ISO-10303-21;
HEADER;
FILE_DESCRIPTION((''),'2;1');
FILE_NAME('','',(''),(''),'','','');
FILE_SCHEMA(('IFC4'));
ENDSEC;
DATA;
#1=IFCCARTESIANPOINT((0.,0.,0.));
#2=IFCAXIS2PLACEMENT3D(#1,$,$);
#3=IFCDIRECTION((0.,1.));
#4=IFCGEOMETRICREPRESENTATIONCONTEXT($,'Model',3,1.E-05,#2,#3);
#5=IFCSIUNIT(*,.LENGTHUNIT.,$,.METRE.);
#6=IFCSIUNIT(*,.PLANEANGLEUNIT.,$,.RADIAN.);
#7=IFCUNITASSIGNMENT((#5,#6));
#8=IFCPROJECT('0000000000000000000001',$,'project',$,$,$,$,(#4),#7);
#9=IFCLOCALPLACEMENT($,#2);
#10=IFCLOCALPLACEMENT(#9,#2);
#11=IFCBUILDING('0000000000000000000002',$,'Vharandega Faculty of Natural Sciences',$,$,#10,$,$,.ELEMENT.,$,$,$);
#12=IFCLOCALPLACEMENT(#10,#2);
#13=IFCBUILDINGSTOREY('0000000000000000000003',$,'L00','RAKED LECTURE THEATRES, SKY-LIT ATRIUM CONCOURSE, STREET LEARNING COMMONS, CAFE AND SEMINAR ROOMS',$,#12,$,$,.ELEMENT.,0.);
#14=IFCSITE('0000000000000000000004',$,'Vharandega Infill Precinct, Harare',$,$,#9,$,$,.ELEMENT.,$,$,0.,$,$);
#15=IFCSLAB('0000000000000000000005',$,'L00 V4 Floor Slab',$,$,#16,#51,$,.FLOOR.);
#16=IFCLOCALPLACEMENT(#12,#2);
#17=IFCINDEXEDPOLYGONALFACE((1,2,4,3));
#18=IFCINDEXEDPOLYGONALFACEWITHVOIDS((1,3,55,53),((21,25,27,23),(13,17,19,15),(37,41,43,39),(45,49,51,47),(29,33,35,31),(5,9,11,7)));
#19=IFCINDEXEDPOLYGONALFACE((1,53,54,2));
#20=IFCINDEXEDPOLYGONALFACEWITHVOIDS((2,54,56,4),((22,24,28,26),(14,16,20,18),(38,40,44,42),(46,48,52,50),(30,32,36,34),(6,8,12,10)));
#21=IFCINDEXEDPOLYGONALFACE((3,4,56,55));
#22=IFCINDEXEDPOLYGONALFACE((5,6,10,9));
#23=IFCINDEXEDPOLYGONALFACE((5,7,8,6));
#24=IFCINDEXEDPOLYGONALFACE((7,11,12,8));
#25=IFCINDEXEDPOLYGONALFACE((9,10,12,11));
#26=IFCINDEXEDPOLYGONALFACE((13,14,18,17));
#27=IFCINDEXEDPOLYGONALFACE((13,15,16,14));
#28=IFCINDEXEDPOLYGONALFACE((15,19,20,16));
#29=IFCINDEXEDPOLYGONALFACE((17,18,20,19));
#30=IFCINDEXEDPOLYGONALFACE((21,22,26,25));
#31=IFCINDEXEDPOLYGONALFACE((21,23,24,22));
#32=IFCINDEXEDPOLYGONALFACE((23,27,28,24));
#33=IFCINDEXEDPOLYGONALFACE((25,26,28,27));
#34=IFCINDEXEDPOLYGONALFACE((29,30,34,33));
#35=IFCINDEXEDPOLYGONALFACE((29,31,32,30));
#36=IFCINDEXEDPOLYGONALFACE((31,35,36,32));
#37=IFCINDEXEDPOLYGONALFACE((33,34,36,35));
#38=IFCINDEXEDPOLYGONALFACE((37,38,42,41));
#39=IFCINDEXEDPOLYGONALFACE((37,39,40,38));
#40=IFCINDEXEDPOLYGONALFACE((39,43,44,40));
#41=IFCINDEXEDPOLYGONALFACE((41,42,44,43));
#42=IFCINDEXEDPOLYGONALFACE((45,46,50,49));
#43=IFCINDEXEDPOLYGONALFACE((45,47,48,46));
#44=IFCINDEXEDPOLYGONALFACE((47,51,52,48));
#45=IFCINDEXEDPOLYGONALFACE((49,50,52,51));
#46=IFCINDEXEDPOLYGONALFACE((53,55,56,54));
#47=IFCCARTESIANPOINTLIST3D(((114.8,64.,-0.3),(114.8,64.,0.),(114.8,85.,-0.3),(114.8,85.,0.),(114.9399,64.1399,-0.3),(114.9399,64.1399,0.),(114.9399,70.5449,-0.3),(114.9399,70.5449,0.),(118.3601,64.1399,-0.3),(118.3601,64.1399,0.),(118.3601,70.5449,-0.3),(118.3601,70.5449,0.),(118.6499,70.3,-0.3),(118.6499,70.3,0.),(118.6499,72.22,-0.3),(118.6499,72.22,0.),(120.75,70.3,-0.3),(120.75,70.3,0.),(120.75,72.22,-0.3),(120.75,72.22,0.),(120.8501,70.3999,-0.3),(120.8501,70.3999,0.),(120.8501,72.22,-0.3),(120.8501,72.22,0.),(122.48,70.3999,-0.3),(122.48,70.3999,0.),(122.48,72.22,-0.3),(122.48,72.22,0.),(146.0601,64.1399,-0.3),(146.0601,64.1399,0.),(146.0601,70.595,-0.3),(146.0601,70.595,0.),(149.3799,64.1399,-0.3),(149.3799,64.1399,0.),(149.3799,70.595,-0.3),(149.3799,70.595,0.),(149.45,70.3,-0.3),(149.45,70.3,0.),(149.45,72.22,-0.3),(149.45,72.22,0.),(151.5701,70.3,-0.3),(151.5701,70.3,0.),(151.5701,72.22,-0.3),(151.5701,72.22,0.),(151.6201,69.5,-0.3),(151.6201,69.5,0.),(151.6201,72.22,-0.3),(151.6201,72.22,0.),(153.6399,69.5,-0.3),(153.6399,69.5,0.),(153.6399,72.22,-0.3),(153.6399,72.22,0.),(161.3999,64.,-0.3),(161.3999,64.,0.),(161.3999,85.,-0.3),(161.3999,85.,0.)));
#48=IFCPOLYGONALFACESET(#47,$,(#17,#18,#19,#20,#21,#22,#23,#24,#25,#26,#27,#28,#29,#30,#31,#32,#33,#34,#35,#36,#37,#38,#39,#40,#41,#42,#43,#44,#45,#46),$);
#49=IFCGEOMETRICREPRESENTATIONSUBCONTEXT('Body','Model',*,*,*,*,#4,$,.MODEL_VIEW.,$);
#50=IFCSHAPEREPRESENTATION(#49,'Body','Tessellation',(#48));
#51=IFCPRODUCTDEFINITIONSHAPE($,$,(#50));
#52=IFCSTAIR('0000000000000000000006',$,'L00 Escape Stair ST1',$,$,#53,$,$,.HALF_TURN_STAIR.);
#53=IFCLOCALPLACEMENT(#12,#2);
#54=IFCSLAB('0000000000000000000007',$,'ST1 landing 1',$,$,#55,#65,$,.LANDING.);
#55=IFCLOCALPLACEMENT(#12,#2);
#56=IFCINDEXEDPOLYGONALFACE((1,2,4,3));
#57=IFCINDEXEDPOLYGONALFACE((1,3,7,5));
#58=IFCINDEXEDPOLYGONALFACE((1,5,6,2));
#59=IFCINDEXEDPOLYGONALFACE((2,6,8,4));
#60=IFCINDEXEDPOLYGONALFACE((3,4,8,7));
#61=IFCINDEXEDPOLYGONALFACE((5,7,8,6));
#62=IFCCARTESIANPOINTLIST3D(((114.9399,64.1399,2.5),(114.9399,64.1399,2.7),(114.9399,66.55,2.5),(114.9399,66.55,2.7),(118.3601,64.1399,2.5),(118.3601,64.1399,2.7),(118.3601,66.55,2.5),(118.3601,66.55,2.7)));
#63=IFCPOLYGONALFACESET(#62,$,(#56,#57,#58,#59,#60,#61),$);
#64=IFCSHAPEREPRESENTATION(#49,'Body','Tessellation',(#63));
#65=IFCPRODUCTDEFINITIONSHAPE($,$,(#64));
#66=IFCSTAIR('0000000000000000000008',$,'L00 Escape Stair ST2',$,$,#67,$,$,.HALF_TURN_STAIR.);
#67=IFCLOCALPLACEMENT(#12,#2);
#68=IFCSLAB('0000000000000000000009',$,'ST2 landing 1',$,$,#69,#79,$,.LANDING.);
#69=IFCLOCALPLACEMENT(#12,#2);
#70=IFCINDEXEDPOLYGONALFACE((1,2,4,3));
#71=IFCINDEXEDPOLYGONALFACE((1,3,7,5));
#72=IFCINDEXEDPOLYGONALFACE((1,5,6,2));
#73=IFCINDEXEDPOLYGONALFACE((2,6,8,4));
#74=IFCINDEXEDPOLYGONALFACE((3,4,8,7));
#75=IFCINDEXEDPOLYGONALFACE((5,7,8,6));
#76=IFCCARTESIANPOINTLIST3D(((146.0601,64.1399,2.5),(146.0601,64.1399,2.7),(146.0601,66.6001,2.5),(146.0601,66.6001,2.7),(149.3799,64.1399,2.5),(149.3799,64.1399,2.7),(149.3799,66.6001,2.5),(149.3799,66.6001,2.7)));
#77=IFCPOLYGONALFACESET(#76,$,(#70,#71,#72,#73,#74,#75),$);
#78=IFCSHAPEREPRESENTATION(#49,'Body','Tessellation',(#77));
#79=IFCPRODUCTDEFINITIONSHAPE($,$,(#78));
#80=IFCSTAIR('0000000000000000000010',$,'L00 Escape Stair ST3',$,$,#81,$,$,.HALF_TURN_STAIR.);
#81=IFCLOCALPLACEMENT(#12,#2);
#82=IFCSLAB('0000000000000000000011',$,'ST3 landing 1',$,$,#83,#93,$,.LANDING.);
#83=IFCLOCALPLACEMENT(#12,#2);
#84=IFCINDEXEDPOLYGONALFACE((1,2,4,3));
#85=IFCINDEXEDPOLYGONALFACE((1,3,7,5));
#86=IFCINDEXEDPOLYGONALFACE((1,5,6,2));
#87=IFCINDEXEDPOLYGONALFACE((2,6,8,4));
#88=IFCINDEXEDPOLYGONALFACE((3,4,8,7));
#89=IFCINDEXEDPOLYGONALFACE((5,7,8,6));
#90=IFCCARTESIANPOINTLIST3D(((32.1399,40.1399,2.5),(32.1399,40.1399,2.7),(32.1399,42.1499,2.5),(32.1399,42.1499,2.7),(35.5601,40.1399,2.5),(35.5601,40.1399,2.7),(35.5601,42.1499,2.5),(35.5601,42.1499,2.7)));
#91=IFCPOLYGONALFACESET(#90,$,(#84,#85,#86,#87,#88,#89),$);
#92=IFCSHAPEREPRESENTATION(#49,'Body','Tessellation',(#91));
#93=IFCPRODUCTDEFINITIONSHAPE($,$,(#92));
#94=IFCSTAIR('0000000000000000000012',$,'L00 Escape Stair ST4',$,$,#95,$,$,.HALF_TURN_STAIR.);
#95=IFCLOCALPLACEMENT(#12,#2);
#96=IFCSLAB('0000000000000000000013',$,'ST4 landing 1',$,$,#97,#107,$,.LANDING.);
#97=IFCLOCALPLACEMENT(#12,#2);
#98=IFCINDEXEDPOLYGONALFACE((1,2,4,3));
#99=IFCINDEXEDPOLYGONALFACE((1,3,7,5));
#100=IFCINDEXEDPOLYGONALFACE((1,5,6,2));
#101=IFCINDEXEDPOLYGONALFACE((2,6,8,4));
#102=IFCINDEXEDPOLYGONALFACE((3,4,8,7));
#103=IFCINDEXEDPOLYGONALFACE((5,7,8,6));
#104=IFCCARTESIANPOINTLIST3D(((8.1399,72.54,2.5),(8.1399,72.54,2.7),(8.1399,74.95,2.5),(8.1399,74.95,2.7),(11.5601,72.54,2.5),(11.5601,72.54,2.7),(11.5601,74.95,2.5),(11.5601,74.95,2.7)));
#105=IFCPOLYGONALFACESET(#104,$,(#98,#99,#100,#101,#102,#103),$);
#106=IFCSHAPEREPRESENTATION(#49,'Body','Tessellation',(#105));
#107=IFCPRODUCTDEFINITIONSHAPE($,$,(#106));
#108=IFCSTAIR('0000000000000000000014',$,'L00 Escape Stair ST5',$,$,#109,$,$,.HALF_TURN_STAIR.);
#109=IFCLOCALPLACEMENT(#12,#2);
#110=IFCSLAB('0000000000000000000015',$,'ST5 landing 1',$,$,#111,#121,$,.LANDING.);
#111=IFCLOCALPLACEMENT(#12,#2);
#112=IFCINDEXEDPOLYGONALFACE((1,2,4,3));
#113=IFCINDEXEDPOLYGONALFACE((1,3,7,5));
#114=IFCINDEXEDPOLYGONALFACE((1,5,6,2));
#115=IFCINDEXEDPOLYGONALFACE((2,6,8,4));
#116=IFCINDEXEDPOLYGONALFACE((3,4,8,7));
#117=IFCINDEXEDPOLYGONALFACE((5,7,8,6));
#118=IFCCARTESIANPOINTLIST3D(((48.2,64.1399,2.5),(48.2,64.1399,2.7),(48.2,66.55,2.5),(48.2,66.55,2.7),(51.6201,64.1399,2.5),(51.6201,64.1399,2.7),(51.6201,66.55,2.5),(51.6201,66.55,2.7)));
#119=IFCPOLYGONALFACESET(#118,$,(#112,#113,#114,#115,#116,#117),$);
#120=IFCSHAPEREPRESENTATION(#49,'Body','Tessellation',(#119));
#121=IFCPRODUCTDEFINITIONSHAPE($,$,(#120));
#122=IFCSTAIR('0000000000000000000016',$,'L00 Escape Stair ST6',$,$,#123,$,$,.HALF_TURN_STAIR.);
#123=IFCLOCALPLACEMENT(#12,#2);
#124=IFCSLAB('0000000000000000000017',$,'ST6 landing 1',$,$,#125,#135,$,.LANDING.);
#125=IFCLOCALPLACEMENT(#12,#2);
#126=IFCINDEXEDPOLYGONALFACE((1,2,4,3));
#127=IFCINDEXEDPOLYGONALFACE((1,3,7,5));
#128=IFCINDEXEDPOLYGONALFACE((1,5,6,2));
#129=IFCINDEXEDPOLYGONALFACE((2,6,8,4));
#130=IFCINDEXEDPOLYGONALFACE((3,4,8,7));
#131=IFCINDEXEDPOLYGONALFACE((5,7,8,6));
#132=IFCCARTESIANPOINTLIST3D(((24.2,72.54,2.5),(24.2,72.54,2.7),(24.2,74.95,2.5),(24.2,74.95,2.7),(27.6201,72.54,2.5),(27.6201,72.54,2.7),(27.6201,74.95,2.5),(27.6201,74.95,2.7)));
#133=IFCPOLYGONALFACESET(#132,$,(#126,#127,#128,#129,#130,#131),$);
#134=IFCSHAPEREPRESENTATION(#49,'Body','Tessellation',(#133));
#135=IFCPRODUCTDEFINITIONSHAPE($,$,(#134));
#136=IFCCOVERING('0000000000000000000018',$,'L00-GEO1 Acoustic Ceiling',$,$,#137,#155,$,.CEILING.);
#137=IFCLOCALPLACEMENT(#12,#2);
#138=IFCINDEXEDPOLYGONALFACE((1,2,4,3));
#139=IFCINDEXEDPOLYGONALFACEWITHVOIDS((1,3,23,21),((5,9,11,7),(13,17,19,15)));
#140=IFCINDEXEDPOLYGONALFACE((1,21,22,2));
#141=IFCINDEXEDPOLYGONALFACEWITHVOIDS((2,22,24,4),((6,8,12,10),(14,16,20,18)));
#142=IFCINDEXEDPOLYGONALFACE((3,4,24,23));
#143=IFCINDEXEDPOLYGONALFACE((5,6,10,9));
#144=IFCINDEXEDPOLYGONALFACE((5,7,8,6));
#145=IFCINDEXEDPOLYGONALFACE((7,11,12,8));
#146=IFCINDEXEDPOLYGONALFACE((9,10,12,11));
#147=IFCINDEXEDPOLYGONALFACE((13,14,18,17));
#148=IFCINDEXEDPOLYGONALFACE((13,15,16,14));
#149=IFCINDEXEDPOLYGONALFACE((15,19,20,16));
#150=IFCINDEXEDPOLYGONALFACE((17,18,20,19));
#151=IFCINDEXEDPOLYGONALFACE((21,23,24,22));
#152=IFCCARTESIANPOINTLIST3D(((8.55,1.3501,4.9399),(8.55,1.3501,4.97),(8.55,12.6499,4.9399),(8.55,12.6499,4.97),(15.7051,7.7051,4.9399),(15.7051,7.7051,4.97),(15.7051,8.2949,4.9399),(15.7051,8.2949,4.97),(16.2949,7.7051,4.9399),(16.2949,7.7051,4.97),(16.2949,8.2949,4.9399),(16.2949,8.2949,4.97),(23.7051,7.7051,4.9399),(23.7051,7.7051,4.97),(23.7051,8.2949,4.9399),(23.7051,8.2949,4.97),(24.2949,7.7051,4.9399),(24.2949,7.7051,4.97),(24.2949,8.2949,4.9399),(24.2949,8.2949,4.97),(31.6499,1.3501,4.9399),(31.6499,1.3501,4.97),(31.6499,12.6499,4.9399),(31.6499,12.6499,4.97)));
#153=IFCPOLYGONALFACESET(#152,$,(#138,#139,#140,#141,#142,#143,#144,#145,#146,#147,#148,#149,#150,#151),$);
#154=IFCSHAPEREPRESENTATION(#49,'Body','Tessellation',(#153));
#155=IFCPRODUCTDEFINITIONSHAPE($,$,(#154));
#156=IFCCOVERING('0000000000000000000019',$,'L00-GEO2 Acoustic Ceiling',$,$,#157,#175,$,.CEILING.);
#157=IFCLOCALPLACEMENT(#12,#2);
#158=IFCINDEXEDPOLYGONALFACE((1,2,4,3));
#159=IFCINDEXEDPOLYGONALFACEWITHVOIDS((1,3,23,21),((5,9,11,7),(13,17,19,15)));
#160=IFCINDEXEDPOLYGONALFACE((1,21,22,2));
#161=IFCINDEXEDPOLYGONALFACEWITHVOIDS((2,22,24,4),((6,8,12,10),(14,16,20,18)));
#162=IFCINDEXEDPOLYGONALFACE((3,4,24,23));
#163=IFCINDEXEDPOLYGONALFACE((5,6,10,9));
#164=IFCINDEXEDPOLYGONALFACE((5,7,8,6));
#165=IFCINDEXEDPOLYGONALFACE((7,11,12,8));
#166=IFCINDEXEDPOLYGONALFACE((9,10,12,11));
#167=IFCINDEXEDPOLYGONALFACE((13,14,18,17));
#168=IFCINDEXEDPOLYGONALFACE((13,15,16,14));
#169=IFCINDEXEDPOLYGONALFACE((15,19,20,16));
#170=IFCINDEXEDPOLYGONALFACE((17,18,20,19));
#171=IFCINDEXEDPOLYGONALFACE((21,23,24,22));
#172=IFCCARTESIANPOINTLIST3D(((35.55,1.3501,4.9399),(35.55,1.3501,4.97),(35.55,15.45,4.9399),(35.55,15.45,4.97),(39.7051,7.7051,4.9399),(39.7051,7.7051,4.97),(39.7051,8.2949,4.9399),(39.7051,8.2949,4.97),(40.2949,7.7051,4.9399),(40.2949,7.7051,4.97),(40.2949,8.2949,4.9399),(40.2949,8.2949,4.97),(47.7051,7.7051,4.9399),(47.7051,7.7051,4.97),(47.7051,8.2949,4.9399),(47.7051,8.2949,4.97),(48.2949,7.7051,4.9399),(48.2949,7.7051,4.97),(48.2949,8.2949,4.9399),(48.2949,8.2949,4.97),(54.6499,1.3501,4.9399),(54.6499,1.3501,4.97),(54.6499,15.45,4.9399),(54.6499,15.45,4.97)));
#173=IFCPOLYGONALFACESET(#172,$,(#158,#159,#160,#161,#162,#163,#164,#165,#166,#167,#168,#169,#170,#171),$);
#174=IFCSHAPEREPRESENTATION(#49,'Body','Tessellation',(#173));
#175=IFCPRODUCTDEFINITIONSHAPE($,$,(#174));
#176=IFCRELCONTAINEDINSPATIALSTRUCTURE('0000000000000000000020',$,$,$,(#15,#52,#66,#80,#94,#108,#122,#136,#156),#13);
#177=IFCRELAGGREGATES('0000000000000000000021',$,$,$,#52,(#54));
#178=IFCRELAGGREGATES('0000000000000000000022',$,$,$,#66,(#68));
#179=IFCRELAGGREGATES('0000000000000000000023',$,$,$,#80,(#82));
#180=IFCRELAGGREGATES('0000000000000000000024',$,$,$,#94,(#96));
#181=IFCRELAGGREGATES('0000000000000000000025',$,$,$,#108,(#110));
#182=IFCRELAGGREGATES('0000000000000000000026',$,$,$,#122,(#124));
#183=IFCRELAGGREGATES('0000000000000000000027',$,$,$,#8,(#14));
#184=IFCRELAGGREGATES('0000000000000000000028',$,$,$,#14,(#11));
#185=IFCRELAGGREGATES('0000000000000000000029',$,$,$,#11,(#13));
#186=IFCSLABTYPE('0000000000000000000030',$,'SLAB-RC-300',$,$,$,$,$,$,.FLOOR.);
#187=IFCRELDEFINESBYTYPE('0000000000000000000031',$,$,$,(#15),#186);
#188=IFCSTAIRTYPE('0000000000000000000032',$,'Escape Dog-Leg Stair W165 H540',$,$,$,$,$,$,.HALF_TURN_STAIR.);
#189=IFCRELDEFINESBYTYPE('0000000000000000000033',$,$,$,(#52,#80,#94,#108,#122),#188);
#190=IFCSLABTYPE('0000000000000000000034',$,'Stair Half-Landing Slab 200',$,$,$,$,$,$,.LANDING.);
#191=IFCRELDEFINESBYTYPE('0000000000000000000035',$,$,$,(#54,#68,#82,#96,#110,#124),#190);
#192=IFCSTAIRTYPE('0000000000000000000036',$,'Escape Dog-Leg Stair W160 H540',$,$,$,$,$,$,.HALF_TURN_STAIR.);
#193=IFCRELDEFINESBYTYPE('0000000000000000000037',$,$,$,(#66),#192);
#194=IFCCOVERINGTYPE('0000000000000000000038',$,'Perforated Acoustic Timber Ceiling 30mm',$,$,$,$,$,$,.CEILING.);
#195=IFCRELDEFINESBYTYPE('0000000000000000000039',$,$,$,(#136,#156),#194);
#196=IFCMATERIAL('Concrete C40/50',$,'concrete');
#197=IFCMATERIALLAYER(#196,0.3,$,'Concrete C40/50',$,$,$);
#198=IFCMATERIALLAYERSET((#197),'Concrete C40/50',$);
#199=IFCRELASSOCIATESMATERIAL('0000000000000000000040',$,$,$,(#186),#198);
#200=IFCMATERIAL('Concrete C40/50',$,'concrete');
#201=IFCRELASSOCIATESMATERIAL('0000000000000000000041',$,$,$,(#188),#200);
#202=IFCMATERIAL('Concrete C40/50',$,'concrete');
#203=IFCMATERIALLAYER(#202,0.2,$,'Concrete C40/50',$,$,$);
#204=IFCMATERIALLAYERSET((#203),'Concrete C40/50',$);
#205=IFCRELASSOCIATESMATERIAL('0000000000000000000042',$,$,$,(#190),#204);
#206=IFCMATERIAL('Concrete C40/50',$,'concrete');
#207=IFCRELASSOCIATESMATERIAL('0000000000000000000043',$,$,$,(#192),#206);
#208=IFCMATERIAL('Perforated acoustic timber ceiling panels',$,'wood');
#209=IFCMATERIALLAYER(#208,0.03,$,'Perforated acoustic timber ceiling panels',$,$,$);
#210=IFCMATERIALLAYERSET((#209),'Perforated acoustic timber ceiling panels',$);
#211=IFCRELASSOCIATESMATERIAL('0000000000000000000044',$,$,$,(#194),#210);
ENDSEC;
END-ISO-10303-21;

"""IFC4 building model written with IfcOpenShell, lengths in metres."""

from ifc_helpers import new_model, si_unit, direction, frame, origin, place, context, subcontext, project, spatial, polyline, outline, extrude, material, layer, layer_set, type_object, element, aggregate, save


model = new_model("IFC4")

# Units and contexts
model_context = context("Model", 3, precision=1e-05, world=origin(), true_north=direction((0.0, 1.0)))
body_context = subcontext(model_context, "Body", "Model", "MODEL_VIEW")
ifc_project = project(units=[si_unit("LENGTHUNIT", "METRE"), si_unit("PLANEANGLEUNIT", "RADIAN")], contexts=[model_context])

# Site, building, storey
site_placement = place(None, origin())
site = spatial("IfcSite", under=ifc_project, at=site_placement, Name="Vharandega Infill Precinct, Harare", CompositionType="ELEMENT", RefElevation=0.0)
building_placement = place(site_placement, origin())
building = spatial("IfcBuilding", under=site, at=building_placement, Name="Vharandega Faculty of Natural Sciences", CompositionType="ELEMENT")
storey_placement = place(building_placement, origin())
storey = spatial("IfcBuildingStorey", under=building, at=storey_placement, Name="L00", Description="RAKED LECTURE THEATRES, SKY-LIT ATRIUM CONCOURSE, STREET LEARNING COMMONS, CAFE AND SEMINAR ROOMS", CompositionType="ELEMENT", Elevation=0.0)

# Slab
ifc_material_1 = material(Name="Concrete C40/50", Category="concrete")
ifc_layer_1 = layer(ifc_material_1, 0.3, Name="Concrete C40/50")
ifc_layer_set_1 = layer_set([ifc_layer_1], Name="Concrete C40/50")
slab_type_1 = type_object("IfcSlabType", Name="SLAB-RC-300", PredefinedType="FLOOR", material=ifc_layer_set_1)
slab_1_placement = place(storey_placement, frame((0.0, 0.0, -0.3)))
element("IfcSlab", 1, at=slab_1_placement, inside=storey, type_object=slab_type_1, Name="L00 V4 Floor Slab", PredefinedType="FLOOR", context=body_context, shape_type="SweptSolid", body=[
    extrude(outline(polyline([(114.8, 64.0), (161.3999, 64.0), (161.3999, 85.0), (114.8, 85.0), (114.8, 64.0)]), holes=[polyline([(114.9399, 70.5449), (114.9399, 64.1399), (118.3601, 64.1399), (118.3601, 70.5449), (114.9399, 70.5449)]), polyline([(118.6499, 70.3), (120.75, 70.3), (120.75, 72.22), (118.6499, 72.22), (118.6499, 70.3)]), polyline([(120.8501, 70.3999), (122.48, 70.3999), (122.48, 72.22), (120.8501, 72.22), (120.8501, 70.3999)]), polyline([(146.0601, 70.595), (146.0601, 64.1399), (149.3799, 64.1399), (149.3799, 70.595), (146.0601, 70.595)]), polyline([(149.45, 70.3), (151.5701, 70.3), (151.5701, 72.22), (149.45, 72.22), (149.45, 70.3)]), polyline([(151.6201, 69.5), (153.6399, 69.5), (153.6399, 72.22), (151.6201, 72.22), (151.6201, 69.5)])]), origin(), (0.0, 0.0, 1.0), 0.3),
])

# Stairs, slabs
ifc_material_2 = material(Name="Concrete C40/50", Category="concrete")
stair_type_1 = type_object("IfcStairType", Name="Escape Dog-Leg Stair W165 H540", PredefinedType="HALF_TURN_STAIR", material=ifc_material_2)
stair_1_placement = place(storey_placement, origin())
stair_1 = element("IfcStair", 2, at=stair_1_placement, inside=storey, type_object=stair_type_1, Name="L00 Escape Stair ST1", PredefinedType="HALF_TURN_STAIR")
ifc_material_3 = material(Name="Concrete C40/50", Category="concrete")
ifc_layer_2 = layer(ifc_material_3, 0.2, Name="Concrete C40/50")
ifc_layer_set_2 = layer_set([ifc_layer_2], Name="Concrete C40/50")
slab_type_2 = type_object("IfcSlabType", Name="Stair Half-Landing Slab 200", PredefinedType="LANDING", material=ifc_layer_set_2)
slab_2_placement = place(storey_placement, frame((0.0, 0.0, 2.5)))
slab_2 = element("IfcSlab", 3, at=slab_2_placement, type_object=slab_type_2, Name="ST1 landing 1", PredefinedType="LANDING", context=body_context, shape_type="SweptSolid", body=[
    extrude(outline(polyline([(114.9399, 66.55), (114.9399, 64.1399), (118.3601, 64.1399), (118.3601, 66.55), (114.9399, 66.55)])), origin(), (0.0, 0.0, 1.0), 0.2),
])
aggregate(stair_1, [slab_2])
ifc_material_4 = material(Name="Concrete C40/50", Category="concrete")
stair_type_2 = type_object("IfcStairType", Name="Escape Dog-Leg Stair W160 H540", PredefinedType="HALF_TURN_STAIR", material=ifc_material_4)
stair_2_placement = place(storey_placement, origin())
stair_2 = element("IfcStair", 4, at=stair_2_placement, inside=storey, type_object=stair_type_2, Name="L00 Escape Stair ST2", PredefinedType="HALF_TURN_STAIR")
slab_3_placement = place(storey_placement, frame((0.0, 0.0, 2.5)))
slab_3 = element("IfcSlab", 5, at=slab_3_placement, type_object=slab_type_2, Name="ST2 landing 1", PredefinedType="LANDING", context=body_context, shape_type="SweptSolid", body=[
    extrude(outline(polyline([(146.0601, 66.6001), (146.0601, 64.1399), (149.3799, 64.1399), (149.3799, 66.6001), (146.0601, 66.6001)])), origin(), (0.0, 0.0, 1.0), 0.2),
])
aggregate(stair_2, [slab_3])
stair_3_placement = place(storey_placement, origin())
stair_3 = element("IfcStair", 6, at=stair_3_placement, inside=storey, type_object=stair_type_1, Name="L00 Escape Stair ST3", PredefinedType="HALF_TURN_STAIR")
slab_4_placement = place(storey_placement, frame((0.0, 0.0, 2.5)))
slab_4 = element("IfcSlab", 7, at=slab_4_placement, type_object=slab_type_2, Name="ST3 landing 1", PredefinedType="LANDING", context=body_context, shape_type="SweptSolid", body=[
    extrude(outline(polyline([(32.1399, 42.1499), (32.1399, 40.1399), (35.5601, 40.1399), (35.5601, 42.1499), (32.1399, 42.1499)])), origin(), (0.0, 0.0, 1.0), 0.2),
])
aggregate(stair_3, [slab_4])
stair_4_placement = place(storey_placement, origin())
stair_4 = element("IfcStair", 8, at=stair_4_placement, inside=storey, type_object=stair_type_1, Name="L00 Escape Stair ST4", PredefinedType="HALF_TURN_STAIR")
slab_5_placement = place(storey_placement, frame((0.0, 0.0, 2.5)))
slab_5 = element("IfcSlab", 9, at=slab_5_placement, type_object=slab_type_2, Name="ST4 landing 1", PredefinedType="LANDING", context=body_context, shape_type="SweptSolid", body=[
    extrude(outline(polyline([(8.1399, 74.95), (8.1399, 72.54), (11.5601, 72.54), (11.5601, 74.95), (8.1399, 74.95)])), origin(), (0.0, 0.0, 1.0), 0.2),
])
aggregate(stair_4, [slab_5])
stair_5_placement = place(storey_placement, origin())
stair_5 = element("IfcStair", 10, at=stair_5_placement, inside=storey, type_object=stair_type_1, Name="L00 Escape Stair ST5", PredefinedType="HALF_TURN_STAIR")
slab_6_placement = place(storey_placement, frame((0.0, 0.0, 2.5)))
slab_6 = element("IfcSlab", 11, at=slab_6_placement, type_object=slab_type_2, Name="ST5 landing 1", PredefinedType="LANDING", context=body_context, shape_type="SweptSolid", body=[
    extrude(outline(polyline([(48.2, 66.55), (48.2, 64.1399), (51.6201, 64.1399), (51.6201, 66.55), (48.2, 66.55)])), origin(), (0.0, 0.0, 1.0), 0.2),
])
aggregate(stair_5, [slab_6])
stair_6_placement = place(storey_placement, origin())
stair_6 = element("IfcStair", 12, at=stair_6_placement, inside=storey, type_object=stair_type_1, Name="L00 Escape Stair ST6", PredefinedType="HALF_TURN_STAIR")
slab_7_placement = place(storey_placement, frame((0.0, 0.0, 2.5)))
slab_7 = element("IfcSlab", 13, at=slab_7_placement, type_object=slab_type_2, Name="ST6 landing 1", PredefinedType="LANDING", context=body_context, shape_type="SweptSolid", body=[
    extrude(outline(polyline([(24.2, 74.95), (24.2, 72.54), (27.6201, 72.54), (27.6201, 74.95), (24.2, 74.95)])), origin(), (0.0, 0.0, 1.0), 0.2),
])
aggregate(stair_6, [slab_7])

# Coverings
ifc_material_5 = material(Name="Perforated acoustic timber ceiling panels", Category="wood")
ifc_layer_3 = layer(ifc_material_5, 0.03, Name="Perforated acoustic timber ceiling panels")
ifc_layer_set_3 = layer_set([ifc_layer_3], Name="Perforated acoustic timber ceiling panels")
covering_type_1 = type_object("IfcCoveringType", Name="Perforated Acoustic Timber Ceiling 30mm", PredefinedType="CEILING", material=ifc_layer_set_3)
covering_1_placement = place(storey_placement, frame((0.0, 0.0, 4.9399)))
element("IfcCovering", 14, at=covering_1_placement, inside=storey, type_object=covering_type_1, Name="L00-GEO1 Acoustic Ceiling", PredefinedType="CEILING", context=body_context, shape_type="SweptSolid", body=[
    extrude(outline(polyline([(8.55, 1.3501), (31.6499, 1.3501), (31.6499, 12.6499), (8.55, 12.6499), (8.55, 1.3501)]), holes=[polyline([(15.7051, 7.7051), (16.2949, 7.7051), (16.2949, 8.2949), (15.7051, 8.2949), (15.7051, 7.7051)]), polyline([(23.7051, 7.7051), (24.2949, 7.7051), (24.2949, 8.2949), (23.7051, 8.2949), (23.7051, 7.7051)])]), origin(), (0.0, 0.0, 1.0), 0.03),
])
covering_2_placement = place(storey_placement, frame((0.0, 0.0, 4.9399)))
element("IfcCovering", 15, at=covering_2_placement, inside=storey, type_object=covering_type_1, Name="L00-GEO2 Acoustic Ceiling", PredefinedType="CEILING", context=body_context, shape_type="SweptSolid", body=[
    extrude(outline(polyline([(35.55, 1.3501), (54.6499, 1.3501), (54.6499, 15.45), (35.55, 15.45), (35.55, 1.3501)]), holes=[polyline([(39.7051, 7.7051), (40.2949, 7.7051), (40.2949, 8.2949), (39.7051, 8.2949), (39.7051, 7.7051)]), polyline([(47.7051, 7.7051), (48.2949, 7.7051), (48.2949, 8.2949), (47.7051, 8.2949), (47.7051, 7.7051)])]), origin(), (0.0, 0.0, 1.0), 0.03),
])

save(model, "model.ifc")
